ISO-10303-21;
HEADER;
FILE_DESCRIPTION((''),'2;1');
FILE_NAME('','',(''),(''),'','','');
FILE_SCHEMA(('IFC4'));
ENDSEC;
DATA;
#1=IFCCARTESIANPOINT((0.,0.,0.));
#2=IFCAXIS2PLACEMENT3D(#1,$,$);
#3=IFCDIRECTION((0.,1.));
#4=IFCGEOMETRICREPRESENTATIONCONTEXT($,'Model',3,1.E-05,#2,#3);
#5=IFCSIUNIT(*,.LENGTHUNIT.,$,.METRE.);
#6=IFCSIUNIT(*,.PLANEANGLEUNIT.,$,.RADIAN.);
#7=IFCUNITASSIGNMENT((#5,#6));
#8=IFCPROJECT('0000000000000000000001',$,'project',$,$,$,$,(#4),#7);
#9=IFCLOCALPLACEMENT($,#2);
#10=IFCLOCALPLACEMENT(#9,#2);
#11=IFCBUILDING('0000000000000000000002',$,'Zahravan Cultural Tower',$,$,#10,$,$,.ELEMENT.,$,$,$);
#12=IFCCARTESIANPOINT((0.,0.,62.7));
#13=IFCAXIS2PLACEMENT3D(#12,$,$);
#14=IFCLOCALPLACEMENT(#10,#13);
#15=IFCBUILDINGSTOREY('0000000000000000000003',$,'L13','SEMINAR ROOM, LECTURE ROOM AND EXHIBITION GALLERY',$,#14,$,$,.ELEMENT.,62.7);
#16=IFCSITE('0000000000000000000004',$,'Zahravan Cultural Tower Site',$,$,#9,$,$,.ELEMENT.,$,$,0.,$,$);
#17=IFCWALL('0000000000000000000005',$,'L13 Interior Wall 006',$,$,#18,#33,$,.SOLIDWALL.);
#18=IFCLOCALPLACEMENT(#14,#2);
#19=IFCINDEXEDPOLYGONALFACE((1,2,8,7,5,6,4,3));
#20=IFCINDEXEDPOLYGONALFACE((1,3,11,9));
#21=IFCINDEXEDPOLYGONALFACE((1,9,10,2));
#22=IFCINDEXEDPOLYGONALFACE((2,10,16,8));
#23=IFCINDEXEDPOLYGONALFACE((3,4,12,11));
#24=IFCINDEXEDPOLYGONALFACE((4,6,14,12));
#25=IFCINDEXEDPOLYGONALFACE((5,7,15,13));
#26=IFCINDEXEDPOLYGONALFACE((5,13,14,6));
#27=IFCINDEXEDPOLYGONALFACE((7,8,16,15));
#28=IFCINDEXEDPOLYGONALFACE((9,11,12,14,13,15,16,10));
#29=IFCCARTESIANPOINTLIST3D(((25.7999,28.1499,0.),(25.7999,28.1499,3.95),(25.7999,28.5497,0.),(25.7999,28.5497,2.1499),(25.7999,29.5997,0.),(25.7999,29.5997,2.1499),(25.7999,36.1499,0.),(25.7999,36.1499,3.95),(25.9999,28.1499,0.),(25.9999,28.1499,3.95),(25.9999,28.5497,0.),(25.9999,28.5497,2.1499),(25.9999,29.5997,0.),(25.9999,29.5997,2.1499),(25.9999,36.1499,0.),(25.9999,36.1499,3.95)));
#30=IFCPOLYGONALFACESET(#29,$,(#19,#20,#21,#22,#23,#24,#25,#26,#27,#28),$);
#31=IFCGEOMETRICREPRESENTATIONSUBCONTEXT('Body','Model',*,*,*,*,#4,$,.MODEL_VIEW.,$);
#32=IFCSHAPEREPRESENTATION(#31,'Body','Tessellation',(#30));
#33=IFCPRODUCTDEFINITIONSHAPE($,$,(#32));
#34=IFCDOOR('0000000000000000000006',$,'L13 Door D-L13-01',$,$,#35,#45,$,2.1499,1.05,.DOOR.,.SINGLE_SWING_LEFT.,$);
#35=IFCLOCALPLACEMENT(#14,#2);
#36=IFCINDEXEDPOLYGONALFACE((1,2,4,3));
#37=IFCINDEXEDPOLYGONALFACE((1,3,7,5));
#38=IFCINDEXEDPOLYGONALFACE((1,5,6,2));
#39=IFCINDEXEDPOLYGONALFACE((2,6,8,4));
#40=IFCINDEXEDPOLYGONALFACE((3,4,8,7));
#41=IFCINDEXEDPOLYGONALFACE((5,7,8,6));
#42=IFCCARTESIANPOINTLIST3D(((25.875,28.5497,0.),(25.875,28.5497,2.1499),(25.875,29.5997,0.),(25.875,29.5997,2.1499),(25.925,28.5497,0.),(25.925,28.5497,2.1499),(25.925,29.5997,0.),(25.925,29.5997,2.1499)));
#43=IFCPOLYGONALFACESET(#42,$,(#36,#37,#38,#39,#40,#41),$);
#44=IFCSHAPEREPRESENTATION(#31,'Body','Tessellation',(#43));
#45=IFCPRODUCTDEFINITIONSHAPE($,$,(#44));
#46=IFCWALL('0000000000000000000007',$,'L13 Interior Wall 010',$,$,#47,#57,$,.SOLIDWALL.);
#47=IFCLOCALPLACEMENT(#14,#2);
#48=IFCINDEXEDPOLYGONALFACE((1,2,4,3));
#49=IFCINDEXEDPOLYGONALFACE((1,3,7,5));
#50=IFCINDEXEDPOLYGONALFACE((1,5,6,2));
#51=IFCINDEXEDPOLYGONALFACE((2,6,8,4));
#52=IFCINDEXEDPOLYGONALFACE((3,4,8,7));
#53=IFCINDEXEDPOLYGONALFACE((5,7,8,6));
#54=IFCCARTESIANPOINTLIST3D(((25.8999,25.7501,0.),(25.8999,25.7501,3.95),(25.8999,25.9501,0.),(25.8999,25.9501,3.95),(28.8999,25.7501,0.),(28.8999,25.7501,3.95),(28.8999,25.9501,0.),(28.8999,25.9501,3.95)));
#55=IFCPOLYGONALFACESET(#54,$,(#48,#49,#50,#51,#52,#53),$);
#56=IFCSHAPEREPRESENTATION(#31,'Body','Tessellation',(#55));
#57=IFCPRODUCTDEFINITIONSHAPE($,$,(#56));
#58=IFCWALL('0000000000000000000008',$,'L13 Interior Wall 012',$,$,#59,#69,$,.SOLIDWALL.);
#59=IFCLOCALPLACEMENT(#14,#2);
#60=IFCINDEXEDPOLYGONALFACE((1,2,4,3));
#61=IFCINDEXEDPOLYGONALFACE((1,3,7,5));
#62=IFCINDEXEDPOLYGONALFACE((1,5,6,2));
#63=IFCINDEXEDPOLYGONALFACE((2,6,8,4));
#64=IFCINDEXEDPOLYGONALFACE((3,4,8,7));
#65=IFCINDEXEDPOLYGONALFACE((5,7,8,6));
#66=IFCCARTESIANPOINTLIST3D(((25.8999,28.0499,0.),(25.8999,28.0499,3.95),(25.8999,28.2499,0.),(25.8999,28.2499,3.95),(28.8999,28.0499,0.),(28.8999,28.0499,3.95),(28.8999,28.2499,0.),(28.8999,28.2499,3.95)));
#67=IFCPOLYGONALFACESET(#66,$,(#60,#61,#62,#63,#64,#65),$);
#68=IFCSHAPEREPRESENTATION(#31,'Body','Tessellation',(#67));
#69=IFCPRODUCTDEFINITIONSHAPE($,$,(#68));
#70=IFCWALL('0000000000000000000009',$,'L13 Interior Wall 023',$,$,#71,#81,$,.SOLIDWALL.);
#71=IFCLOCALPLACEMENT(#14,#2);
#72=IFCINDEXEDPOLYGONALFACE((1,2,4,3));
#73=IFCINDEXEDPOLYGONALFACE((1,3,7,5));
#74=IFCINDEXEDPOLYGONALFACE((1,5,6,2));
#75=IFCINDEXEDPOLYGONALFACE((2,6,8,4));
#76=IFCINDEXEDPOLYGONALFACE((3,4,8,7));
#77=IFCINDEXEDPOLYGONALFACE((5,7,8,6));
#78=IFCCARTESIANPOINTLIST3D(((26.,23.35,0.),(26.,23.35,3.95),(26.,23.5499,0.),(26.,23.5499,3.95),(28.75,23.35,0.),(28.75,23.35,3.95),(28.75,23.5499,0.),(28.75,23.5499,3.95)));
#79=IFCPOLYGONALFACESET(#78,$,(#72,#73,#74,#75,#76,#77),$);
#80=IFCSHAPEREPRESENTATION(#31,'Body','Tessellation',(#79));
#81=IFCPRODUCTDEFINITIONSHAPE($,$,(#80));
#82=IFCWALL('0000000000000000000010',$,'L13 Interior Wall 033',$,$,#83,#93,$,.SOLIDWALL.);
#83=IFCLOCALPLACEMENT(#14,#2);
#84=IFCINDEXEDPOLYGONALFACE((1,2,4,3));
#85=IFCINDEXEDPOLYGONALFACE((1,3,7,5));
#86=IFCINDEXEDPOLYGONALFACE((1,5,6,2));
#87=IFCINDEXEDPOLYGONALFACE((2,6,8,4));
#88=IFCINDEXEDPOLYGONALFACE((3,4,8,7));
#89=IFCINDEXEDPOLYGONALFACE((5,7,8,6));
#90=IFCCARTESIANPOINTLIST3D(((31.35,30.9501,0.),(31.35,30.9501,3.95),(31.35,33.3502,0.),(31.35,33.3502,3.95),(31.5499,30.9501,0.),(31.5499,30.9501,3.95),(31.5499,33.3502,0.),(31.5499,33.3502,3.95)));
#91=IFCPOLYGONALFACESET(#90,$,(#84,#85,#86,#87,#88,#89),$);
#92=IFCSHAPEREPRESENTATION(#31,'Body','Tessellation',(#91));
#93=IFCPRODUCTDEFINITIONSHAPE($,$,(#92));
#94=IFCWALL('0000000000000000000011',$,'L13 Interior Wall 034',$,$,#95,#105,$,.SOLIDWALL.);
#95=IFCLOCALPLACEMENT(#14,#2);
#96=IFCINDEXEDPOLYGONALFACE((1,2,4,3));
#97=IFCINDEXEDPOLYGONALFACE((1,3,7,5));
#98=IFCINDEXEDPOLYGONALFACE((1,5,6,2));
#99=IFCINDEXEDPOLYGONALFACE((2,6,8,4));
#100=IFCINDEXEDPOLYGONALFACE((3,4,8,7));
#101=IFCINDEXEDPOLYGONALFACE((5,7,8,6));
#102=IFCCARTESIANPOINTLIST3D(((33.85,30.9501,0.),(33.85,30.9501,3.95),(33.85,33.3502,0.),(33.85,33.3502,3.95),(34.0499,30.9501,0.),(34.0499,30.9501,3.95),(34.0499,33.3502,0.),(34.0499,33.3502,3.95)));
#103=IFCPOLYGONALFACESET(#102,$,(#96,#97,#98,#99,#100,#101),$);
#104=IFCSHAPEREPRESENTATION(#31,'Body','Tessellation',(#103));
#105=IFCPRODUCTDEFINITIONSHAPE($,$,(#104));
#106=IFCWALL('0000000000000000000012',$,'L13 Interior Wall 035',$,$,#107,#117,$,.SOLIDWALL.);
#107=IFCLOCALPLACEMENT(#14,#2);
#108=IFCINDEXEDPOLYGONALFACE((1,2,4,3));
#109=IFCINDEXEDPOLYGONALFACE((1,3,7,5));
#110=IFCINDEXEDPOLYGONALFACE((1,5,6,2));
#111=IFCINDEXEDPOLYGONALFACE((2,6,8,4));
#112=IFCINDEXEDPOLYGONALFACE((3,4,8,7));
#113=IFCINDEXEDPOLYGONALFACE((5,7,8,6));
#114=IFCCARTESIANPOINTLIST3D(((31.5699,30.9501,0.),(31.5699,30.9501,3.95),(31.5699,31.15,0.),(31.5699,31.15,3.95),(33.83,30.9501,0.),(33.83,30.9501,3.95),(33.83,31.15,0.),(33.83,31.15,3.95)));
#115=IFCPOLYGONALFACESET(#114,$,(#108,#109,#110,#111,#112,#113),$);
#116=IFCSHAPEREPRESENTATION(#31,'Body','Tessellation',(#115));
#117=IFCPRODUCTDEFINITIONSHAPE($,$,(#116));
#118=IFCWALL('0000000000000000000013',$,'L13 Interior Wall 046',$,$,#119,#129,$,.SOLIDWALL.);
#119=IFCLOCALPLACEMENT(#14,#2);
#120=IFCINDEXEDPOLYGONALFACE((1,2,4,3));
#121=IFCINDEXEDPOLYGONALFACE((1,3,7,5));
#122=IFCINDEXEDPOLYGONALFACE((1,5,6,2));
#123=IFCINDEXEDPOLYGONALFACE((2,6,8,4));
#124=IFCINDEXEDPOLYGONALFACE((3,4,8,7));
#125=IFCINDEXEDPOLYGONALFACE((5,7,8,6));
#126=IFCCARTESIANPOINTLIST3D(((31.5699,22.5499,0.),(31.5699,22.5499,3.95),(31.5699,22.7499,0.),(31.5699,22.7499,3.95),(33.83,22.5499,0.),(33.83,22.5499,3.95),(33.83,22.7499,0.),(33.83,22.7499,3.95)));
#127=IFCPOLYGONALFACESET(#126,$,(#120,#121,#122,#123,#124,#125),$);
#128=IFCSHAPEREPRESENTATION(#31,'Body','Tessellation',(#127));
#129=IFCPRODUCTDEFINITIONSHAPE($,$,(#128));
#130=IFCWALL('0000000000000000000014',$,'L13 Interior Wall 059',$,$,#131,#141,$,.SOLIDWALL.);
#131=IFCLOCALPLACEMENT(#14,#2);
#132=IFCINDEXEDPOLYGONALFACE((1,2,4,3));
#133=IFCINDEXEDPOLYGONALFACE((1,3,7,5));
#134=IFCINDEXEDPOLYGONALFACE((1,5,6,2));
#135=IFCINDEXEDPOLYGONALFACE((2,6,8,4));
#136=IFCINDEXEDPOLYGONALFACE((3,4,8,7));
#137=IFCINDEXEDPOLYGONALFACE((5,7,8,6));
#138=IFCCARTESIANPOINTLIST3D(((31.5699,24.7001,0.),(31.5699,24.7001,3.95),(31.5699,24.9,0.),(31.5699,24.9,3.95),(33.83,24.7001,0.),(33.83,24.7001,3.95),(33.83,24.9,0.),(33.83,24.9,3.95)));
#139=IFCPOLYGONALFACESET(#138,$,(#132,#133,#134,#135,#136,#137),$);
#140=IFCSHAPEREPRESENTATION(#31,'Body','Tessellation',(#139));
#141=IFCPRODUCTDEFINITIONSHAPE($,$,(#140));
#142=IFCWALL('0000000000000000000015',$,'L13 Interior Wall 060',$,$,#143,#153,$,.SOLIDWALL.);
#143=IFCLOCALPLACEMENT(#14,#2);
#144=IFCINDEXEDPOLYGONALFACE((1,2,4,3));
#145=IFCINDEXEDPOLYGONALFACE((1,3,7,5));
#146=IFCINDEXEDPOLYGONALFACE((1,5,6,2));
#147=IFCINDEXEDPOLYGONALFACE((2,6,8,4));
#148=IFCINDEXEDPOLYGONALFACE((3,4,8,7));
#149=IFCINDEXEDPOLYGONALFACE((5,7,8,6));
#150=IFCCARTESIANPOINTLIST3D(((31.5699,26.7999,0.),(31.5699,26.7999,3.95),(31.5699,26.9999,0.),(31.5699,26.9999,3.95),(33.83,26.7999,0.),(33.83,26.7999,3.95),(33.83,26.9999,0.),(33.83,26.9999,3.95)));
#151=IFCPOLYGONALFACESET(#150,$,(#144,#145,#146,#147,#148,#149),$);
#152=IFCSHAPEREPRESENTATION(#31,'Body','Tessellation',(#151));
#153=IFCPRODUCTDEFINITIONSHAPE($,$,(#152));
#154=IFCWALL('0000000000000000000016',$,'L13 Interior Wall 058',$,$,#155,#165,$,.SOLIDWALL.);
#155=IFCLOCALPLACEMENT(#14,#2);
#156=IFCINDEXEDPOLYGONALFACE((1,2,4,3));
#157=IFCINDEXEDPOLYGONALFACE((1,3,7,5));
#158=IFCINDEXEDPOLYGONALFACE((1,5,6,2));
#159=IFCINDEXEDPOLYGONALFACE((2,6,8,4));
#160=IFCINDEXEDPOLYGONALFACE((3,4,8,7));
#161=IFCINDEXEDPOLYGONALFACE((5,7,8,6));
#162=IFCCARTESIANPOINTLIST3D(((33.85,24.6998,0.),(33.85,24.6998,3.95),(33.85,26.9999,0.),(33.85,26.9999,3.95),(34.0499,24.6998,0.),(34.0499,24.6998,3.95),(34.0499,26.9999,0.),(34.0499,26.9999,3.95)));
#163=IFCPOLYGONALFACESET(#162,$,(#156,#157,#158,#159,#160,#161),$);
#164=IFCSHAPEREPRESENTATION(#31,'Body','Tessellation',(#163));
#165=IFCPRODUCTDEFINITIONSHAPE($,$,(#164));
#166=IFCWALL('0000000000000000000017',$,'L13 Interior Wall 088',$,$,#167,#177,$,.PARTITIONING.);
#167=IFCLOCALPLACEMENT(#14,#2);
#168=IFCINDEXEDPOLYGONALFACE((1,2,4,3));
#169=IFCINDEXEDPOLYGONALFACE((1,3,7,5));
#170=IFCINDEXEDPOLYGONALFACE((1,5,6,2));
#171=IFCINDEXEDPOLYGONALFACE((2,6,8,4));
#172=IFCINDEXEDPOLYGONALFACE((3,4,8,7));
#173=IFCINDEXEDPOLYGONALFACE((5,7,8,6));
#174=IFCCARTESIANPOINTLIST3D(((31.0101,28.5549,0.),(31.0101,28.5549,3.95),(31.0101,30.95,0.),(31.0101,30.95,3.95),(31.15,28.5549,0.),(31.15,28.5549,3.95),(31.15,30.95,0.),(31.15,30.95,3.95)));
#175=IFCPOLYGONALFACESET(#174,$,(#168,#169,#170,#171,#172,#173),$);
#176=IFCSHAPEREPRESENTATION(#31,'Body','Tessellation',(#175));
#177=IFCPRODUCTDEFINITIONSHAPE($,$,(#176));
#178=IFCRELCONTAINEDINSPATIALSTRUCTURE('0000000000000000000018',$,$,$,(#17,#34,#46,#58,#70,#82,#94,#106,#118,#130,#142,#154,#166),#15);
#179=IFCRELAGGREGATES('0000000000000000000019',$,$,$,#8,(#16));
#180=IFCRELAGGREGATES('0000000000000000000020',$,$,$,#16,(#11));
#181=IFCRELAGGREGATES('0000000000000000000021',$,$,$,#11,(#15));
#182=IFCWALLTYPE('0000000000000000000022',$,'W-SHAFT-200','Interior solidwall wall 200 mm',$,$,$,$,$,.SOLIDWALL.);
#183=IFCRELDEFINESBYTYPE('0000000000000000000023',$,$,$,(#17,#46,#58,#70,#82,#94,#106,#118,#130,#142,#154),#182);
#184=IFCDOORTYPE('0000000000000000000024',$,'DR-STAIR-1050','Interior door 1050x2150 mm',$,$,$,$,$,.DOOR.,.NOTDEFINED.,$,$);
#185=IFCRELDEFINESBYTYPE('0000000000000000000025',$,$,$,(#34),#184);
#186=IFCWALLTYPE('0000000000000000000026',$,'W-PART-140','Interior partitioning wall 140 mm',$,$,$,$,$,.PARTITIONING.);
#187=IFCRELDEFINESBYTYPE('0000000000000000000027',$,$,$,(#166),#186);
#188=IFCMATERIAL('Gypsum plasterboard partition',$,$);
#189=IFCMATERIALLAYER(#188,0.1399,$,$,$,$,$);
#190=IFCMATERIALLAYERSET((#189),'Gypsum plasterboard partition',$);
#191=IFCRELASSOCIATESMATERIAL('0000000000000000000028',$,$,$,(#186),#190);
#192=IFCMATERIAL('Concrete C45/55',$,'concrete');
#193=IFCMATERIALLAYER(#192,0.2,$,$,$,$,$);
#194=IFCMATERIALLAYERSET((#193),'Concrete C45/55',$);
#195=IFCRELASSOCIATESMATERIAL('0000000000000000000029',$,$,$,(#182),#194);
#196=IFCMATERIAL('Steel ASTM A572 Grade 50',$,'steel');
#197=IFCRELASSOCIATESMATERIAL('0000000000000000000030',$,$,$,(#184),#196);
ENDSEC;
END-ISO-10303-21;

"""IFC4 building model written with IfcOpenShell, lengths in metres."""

from ifc_helpers import new_model, si_unit, direction, frame, frame_2d, origin, place, context, subcontext, project, spatial, rectangle, extrude, source, transform, mapped, material, layer, layer_set, type_object, element, fill, save


model = new_model("IFC4")

# Units and contexts
model_context = context("Model", 3, precision=1e-05, world=origin(), true_north=direction((0.0, 1.0)))
body_context = subcontext(model_context, "Body", "Model", "MODEL_VIEW")
ifc_project = project(units=[si_unit("LENGTHUNIT", "METRE"), si_unit("PLANEANGLEUNIT", "RADIAN")], contexts=[model_context])

# Site, building, storey
site_placement = place(None, origin())
site = spatial("IfcSite", under=ifc_project, at=site_placement, Name="Zahravan Cultural Tower Site", CompositionType="ELEMENT", RefElevation=0.0)
building_placement = place(site_placement, origin())
building = spatial("IfcBuilding", under=site, at=building_placement, Name="Zahravan Cultural Tower", CompositionType="ELEMENT")
storey_placement = place(building_placement, frame((0.0, 0.0, 62.7)))
storey = spatial("IfcBuildingStorey", under=building, at=storey_placement, Name="L13", Description="SEMINAR ROOM, LECTURE ROOM AND EXHIBITION GALLERY", CompositionType="ELEMENT", Elevation=62.7)

# Wall, opening, door
ifc_material_1 = material(Name="Steel ASTM A572 Grade 50", Category="steel")
ifc_material_2 = material(Name="Gypsum plasterboard partition")
ifc_layer_1 = layer(ifc_material_2, 0.1399)
ifc_layer_set_1 = layer_set([ifc_layer_1], Name="Gypsum plasterboard partition")
wall_type_1 = type_object("IfcWallType", Name="W-PART-140", Description="Interior partitioning wall 140 mm", PredefinedType="PARTITIONING", material=ifc_layer_set_1)
ifc_material_3 = material(Name="Concrete C45/55", Category="concrete")
ifc_layer_2 = layer(ifc_material_3, 0.2)
ifc_layer_set_2 = layer_set([ifc_layer_2], Name="Concrete C45/55")
wall_type_2 = type_object("IfcWallType", Name="W-SHAFT-200", Description="Interior solidwall wall 200 mm", PredefinedType="SOLIDWALL", material=ifc_layer_set_2)
wall_1_placement = place(storey_placement, frame((25.8999, 28.1499, 0.0), z_axis=(0.0, 0.0, 1.0), x_axis=(0.0, 1.0, 0.0)))
wall_1 = element("IfcWall", 1, at=wall_1_placement, inside=storey, type_object=wall_type_2, Name="L13 Interior Wall 006", PredefinedType="SOLIDWALL", context=body_context, shape_type="SweptSolid", body=[
    extrude(rectangle(XDim=8.0, YDim=0.2, at=frame_2d((4.0, 0.0))), origin(), (0.0, 0.0, 1.0), 3.95),
])
opening_1_placement = place(wall_1_placement, frame((0.3999, 0.0, 0.0)))
opening_1 = element("IfcOpeningElement", 2, at=opening_1_placement, cuts=wall_1, PredefinedType="OPENING", context=body_context, shape_type="SweptSolid", body=[
    extrude(rectangle(XDim=1.05, YDim=2.1499, at=frame_2d((0.5249, 1.075))), frame((0.0, 0.1099, 0.0), z_axis=(0.0, -1.0, 0.0), x_axis=(1.0, 0.0, 0.0)), (0.0, 0.0, 1.0), 0.22),
])
door_type_1 = type_object("IfcDoorType", Name="DR-STAIR-1050", Description="Interior door 1050x2150 mm", OperationType="NOTDEFINED", PredefinedType="DOOR", material=ifc_material_1)
shared_shape_1 = source(origin(), body_context, "Body", "SweptSolid", [
    extrude(rectangle(XDim=1.05, YDim=2.1499, at=frame_2d((0.5249, 1.075))), frame((0.0, 0.0249, 0.0), z_axis=(0.0, -1.0, 0.0), x_axis=(1.0, 0.0, 0.0)), (0.0, 0.0, 1.0), 0.05),
])
door_1_placement = place(opening_1_placement, origin())
door_1 = element("IfcDoor", 3, at=door_1_placement, inside=storey, type_object=door_type_1, Name="L13 Door D-L13-01", OperationType="SINGLE_SWING_LEFT", OverallHeight=2.1499, OverallWidth=1.05, PredefinedType="DOOR", context=body_context, shape_type="MappedRepresentation", body=[
    mapped(shared_shape_1, transform((0.0, 0.0, 0.0), x_axis=(1.0, 0.0, 0.0), y_axis=(0.0, 1.0, 0.0), z_axis=(0.0, 0.0, 1.0), scale=1.0)),
])
fill(opening_1, door_1)

# Walls
shared_shape_2 = source(origin(), body_context, "Body", "SweptSolid", [
    extrude(rectangle(XDim=3.0, YDim=0.2, at=frame_2d((1.5, 0.0))), origin(), (0.0, 0.0, 1.0), 3.95),
])
for number, where, z_axis, x_axis, name in (
    (4, (25.8999, 25.8501, 0.0), (0.0, 0.0, 1.0), (1.0, 0.0, 0.0), "L13 Interior Wall 010"),
    (5, (25.8999, 28.1499, 0.0), (0.0, 0.0, 1.0), (1.0, 0.0, 0.0), "L13 Interior Wall 012"),
):
    element("IfcWall", number, at=place(storey_placement, frame(where, z_axis=z_axis, x_axis=x_axis)), inside=storey, type_object=wall_type_2, Name=name, PredefinedType="SOLIDWALL", context=body_context, shape_type="MappedRepresentation", body=[
        mapped(shared_shape_2, transform((0.0, 0.0, 0.0), x_axis=(1.0, 0.0, 0.0), y_axis=(0.0, 1.0, 0.0), z_axis=(0.0, 0.0, 1.0), scale=1.0)),
    ])
shared_shape_3 = source(origin(), body_context, "Body", "SweptSolid", [
    extrude(rectangle(XDim=2.75, YDim=0.2, at=frame_2d((1.375, 0.0))), origin(), (0.0, 0.0, 1.0), 3.95),
])
wall_2_placement = place(storey_placement, frame((26.0, 23.45, 0.0), z_axis=(0.0, 0.0, 1.0), x_axis=(1.0, 0.0, 0.0)))
element("IfcWall", 6, at=wall_2_placement, inside=storey, type_object=wall_type_2, Name="L13 Interior Wall 023", PredefinedType="SOLIDWALL", context=body_context, shape_type="MappedRepresentation", body=[
    mapped(shared_shape_3, transform((0.0, 0.0, 0.0), x_axis=(1.0, 0.0, 0.0), y_axis=(0.0, 1.0, 0.0), z_axis=(0.0, 0.0, 1.0), scale=1.0)),
])
shared_shape_4 = source(origin(), body_context, "Body", "SweptSolid", [
    extrude(rectangle(XDim=2.4001, YDim=0.2, at=frame_2d((1.2002, 0.0))), origin(), (0.0, 0.0, 1.0), 3.95),
])
for number, where, z_axis, x_axis, name in (
    (7, (31.45, 30.95, 0.0), (0.0, 0.0, 1.0), (0.0, 1.0, 0.0), "L13 Interior Wall 033"),
    (8, (33.95, 30.95, 0.0), (0.0, 0.0, 1.0), (0.0, 1.0, 0.0), "L13 Interior Wall 034"),
):
    element("IfcWall", number, at=place(storey_placement, frame(where, z_axis=z_axis, x_axis=x_axis)), inside=storey, type_object=wall_type_2, Name=name, PredefinedType="SOLIDWALL", context=body_context, shape_type="MappedRepresentation", body=[
        mapped(shared_shape_4, transform((0.0, 0.0, 0.0), x_axis=(1.0, 0.0, 0.0), y_axis=(0.0, 1.0, 0.0), z_axis=(0.0, 0.0, 1.0), scale=1.0)),
    ])
shared_shape_5 = source(origin(), body_context, "Body", "SweptSolid", [
    extrude(rectangle(XDim=2.26, YDim=0.2, at=frame_2d((1.1299, 0.0))), origin(), (0.0, 0.0, 1.0), 3.95),
])
for number, where, z_axis, x_axis, name in (
    (9, (31.5701, 31.05, 0.0), (0.0, 0.0, 1.0), (1.0, 0.0, 0.0), "L13 Interior Wall 035"),
    (10, (31.5701, 22.6499, 0.0), (0.0, 0.0, 1.0), (1.0, 0.0, 0.0), "L13 Interior Wall 046"),
    (11, (31.5701, 24.8, 0.0), (0.0, 0.0, 1.0), (1.0, 0.0, 0.0), "L13 Interior Wall 059"),
    (12, (31.5701, 26.8999, 0.0), (0.0, 0.0, 1.0), (1.0, 0.0, 0.0), "L13 Interior Wall 060"),
):
    element("IfcWall", number, at=place(storey_placement, frame(where, z_axis=z_axis, x_axis=x_axis)), inside=storey, type_object=wall_type_2, Name=name, PredefinedType="SOLIDWALL", context=body_context, shape_type="MappedRepresentation", body=[
        mapped(shared_shape_5, transform((0.0, 0.0, 0.0), x_axis=(1.0, 0.0, 0.0), y_axis=(0.0, 1.0, 0.0), z_axis=(0.0, 0.0, 1.0), scale=1.0)),
    ])
shared_shape_6 = source(origin(), body_context, "Body", "SweptSolid", [
    extrude(rectangle(XDim=2.3, YDim=0.2, at=frame_2d((1.1499, 0.0))), origin(), (0.0, 0.0, 1.0), 3.95),
])
wall_3_placement = place(storey_placement, frame((33.95, 24.7, 0.0), z_axis=(0.0, 0.0, 1.0), x_axis=(0.0, 1.0, 0.0)))
element("IfcWall", 13, at=wall_3_placement, inside=storey, type_object=wall_type_2, Name="L13 Interior Wall 058", PredefinedType="SOLIDWALL", context=body_context, shape_type="MappedRepresentation", body=[
    mapped(shared_shape_6, transform((0.0, 0.0, 0.0), x_axis=(1.0, 0.0, 0.0), y_axis=(0.0, 1.0, 0.0), z_axis=(0.0, 0.0, 1.0), scale=1.0)),
])
shared_shape_7 = source(origin(), body_context, "Body", "SweptSolid", [
    extrude(rectangle(XDim=2.395, YDim=0.1399, at=frame_2d((1.1975, 0.0))), origin(), (0.0, 0.0, 1.0), 3.95),
])
wall_4_placement = place(storey_placement, frame((31.0801, 28.5549, 0.0), z_axis=(0.0, 0.0, 1.0), x_axis=(0.0, 1.0, 0.0)))
element("IfcWall", 14, at=wall_4_placement, inside=storey, type_object=wall_type_1, Name="L13 Interior Wall 088", PredefinedType="PARTITIONING", context=body_context, shape_type="MappedRepresentation", body=[
    mapped(shared_shape_7, transform((0.0, 0.0, 0.0), x_axis=(1.0, 0.0, 0.0), y_axis=(0.0, 1.0, 0.0), z_axis=(0.0, 0.0, 1.0), scale=1.0)),
])

save(model, "model.ifc")
